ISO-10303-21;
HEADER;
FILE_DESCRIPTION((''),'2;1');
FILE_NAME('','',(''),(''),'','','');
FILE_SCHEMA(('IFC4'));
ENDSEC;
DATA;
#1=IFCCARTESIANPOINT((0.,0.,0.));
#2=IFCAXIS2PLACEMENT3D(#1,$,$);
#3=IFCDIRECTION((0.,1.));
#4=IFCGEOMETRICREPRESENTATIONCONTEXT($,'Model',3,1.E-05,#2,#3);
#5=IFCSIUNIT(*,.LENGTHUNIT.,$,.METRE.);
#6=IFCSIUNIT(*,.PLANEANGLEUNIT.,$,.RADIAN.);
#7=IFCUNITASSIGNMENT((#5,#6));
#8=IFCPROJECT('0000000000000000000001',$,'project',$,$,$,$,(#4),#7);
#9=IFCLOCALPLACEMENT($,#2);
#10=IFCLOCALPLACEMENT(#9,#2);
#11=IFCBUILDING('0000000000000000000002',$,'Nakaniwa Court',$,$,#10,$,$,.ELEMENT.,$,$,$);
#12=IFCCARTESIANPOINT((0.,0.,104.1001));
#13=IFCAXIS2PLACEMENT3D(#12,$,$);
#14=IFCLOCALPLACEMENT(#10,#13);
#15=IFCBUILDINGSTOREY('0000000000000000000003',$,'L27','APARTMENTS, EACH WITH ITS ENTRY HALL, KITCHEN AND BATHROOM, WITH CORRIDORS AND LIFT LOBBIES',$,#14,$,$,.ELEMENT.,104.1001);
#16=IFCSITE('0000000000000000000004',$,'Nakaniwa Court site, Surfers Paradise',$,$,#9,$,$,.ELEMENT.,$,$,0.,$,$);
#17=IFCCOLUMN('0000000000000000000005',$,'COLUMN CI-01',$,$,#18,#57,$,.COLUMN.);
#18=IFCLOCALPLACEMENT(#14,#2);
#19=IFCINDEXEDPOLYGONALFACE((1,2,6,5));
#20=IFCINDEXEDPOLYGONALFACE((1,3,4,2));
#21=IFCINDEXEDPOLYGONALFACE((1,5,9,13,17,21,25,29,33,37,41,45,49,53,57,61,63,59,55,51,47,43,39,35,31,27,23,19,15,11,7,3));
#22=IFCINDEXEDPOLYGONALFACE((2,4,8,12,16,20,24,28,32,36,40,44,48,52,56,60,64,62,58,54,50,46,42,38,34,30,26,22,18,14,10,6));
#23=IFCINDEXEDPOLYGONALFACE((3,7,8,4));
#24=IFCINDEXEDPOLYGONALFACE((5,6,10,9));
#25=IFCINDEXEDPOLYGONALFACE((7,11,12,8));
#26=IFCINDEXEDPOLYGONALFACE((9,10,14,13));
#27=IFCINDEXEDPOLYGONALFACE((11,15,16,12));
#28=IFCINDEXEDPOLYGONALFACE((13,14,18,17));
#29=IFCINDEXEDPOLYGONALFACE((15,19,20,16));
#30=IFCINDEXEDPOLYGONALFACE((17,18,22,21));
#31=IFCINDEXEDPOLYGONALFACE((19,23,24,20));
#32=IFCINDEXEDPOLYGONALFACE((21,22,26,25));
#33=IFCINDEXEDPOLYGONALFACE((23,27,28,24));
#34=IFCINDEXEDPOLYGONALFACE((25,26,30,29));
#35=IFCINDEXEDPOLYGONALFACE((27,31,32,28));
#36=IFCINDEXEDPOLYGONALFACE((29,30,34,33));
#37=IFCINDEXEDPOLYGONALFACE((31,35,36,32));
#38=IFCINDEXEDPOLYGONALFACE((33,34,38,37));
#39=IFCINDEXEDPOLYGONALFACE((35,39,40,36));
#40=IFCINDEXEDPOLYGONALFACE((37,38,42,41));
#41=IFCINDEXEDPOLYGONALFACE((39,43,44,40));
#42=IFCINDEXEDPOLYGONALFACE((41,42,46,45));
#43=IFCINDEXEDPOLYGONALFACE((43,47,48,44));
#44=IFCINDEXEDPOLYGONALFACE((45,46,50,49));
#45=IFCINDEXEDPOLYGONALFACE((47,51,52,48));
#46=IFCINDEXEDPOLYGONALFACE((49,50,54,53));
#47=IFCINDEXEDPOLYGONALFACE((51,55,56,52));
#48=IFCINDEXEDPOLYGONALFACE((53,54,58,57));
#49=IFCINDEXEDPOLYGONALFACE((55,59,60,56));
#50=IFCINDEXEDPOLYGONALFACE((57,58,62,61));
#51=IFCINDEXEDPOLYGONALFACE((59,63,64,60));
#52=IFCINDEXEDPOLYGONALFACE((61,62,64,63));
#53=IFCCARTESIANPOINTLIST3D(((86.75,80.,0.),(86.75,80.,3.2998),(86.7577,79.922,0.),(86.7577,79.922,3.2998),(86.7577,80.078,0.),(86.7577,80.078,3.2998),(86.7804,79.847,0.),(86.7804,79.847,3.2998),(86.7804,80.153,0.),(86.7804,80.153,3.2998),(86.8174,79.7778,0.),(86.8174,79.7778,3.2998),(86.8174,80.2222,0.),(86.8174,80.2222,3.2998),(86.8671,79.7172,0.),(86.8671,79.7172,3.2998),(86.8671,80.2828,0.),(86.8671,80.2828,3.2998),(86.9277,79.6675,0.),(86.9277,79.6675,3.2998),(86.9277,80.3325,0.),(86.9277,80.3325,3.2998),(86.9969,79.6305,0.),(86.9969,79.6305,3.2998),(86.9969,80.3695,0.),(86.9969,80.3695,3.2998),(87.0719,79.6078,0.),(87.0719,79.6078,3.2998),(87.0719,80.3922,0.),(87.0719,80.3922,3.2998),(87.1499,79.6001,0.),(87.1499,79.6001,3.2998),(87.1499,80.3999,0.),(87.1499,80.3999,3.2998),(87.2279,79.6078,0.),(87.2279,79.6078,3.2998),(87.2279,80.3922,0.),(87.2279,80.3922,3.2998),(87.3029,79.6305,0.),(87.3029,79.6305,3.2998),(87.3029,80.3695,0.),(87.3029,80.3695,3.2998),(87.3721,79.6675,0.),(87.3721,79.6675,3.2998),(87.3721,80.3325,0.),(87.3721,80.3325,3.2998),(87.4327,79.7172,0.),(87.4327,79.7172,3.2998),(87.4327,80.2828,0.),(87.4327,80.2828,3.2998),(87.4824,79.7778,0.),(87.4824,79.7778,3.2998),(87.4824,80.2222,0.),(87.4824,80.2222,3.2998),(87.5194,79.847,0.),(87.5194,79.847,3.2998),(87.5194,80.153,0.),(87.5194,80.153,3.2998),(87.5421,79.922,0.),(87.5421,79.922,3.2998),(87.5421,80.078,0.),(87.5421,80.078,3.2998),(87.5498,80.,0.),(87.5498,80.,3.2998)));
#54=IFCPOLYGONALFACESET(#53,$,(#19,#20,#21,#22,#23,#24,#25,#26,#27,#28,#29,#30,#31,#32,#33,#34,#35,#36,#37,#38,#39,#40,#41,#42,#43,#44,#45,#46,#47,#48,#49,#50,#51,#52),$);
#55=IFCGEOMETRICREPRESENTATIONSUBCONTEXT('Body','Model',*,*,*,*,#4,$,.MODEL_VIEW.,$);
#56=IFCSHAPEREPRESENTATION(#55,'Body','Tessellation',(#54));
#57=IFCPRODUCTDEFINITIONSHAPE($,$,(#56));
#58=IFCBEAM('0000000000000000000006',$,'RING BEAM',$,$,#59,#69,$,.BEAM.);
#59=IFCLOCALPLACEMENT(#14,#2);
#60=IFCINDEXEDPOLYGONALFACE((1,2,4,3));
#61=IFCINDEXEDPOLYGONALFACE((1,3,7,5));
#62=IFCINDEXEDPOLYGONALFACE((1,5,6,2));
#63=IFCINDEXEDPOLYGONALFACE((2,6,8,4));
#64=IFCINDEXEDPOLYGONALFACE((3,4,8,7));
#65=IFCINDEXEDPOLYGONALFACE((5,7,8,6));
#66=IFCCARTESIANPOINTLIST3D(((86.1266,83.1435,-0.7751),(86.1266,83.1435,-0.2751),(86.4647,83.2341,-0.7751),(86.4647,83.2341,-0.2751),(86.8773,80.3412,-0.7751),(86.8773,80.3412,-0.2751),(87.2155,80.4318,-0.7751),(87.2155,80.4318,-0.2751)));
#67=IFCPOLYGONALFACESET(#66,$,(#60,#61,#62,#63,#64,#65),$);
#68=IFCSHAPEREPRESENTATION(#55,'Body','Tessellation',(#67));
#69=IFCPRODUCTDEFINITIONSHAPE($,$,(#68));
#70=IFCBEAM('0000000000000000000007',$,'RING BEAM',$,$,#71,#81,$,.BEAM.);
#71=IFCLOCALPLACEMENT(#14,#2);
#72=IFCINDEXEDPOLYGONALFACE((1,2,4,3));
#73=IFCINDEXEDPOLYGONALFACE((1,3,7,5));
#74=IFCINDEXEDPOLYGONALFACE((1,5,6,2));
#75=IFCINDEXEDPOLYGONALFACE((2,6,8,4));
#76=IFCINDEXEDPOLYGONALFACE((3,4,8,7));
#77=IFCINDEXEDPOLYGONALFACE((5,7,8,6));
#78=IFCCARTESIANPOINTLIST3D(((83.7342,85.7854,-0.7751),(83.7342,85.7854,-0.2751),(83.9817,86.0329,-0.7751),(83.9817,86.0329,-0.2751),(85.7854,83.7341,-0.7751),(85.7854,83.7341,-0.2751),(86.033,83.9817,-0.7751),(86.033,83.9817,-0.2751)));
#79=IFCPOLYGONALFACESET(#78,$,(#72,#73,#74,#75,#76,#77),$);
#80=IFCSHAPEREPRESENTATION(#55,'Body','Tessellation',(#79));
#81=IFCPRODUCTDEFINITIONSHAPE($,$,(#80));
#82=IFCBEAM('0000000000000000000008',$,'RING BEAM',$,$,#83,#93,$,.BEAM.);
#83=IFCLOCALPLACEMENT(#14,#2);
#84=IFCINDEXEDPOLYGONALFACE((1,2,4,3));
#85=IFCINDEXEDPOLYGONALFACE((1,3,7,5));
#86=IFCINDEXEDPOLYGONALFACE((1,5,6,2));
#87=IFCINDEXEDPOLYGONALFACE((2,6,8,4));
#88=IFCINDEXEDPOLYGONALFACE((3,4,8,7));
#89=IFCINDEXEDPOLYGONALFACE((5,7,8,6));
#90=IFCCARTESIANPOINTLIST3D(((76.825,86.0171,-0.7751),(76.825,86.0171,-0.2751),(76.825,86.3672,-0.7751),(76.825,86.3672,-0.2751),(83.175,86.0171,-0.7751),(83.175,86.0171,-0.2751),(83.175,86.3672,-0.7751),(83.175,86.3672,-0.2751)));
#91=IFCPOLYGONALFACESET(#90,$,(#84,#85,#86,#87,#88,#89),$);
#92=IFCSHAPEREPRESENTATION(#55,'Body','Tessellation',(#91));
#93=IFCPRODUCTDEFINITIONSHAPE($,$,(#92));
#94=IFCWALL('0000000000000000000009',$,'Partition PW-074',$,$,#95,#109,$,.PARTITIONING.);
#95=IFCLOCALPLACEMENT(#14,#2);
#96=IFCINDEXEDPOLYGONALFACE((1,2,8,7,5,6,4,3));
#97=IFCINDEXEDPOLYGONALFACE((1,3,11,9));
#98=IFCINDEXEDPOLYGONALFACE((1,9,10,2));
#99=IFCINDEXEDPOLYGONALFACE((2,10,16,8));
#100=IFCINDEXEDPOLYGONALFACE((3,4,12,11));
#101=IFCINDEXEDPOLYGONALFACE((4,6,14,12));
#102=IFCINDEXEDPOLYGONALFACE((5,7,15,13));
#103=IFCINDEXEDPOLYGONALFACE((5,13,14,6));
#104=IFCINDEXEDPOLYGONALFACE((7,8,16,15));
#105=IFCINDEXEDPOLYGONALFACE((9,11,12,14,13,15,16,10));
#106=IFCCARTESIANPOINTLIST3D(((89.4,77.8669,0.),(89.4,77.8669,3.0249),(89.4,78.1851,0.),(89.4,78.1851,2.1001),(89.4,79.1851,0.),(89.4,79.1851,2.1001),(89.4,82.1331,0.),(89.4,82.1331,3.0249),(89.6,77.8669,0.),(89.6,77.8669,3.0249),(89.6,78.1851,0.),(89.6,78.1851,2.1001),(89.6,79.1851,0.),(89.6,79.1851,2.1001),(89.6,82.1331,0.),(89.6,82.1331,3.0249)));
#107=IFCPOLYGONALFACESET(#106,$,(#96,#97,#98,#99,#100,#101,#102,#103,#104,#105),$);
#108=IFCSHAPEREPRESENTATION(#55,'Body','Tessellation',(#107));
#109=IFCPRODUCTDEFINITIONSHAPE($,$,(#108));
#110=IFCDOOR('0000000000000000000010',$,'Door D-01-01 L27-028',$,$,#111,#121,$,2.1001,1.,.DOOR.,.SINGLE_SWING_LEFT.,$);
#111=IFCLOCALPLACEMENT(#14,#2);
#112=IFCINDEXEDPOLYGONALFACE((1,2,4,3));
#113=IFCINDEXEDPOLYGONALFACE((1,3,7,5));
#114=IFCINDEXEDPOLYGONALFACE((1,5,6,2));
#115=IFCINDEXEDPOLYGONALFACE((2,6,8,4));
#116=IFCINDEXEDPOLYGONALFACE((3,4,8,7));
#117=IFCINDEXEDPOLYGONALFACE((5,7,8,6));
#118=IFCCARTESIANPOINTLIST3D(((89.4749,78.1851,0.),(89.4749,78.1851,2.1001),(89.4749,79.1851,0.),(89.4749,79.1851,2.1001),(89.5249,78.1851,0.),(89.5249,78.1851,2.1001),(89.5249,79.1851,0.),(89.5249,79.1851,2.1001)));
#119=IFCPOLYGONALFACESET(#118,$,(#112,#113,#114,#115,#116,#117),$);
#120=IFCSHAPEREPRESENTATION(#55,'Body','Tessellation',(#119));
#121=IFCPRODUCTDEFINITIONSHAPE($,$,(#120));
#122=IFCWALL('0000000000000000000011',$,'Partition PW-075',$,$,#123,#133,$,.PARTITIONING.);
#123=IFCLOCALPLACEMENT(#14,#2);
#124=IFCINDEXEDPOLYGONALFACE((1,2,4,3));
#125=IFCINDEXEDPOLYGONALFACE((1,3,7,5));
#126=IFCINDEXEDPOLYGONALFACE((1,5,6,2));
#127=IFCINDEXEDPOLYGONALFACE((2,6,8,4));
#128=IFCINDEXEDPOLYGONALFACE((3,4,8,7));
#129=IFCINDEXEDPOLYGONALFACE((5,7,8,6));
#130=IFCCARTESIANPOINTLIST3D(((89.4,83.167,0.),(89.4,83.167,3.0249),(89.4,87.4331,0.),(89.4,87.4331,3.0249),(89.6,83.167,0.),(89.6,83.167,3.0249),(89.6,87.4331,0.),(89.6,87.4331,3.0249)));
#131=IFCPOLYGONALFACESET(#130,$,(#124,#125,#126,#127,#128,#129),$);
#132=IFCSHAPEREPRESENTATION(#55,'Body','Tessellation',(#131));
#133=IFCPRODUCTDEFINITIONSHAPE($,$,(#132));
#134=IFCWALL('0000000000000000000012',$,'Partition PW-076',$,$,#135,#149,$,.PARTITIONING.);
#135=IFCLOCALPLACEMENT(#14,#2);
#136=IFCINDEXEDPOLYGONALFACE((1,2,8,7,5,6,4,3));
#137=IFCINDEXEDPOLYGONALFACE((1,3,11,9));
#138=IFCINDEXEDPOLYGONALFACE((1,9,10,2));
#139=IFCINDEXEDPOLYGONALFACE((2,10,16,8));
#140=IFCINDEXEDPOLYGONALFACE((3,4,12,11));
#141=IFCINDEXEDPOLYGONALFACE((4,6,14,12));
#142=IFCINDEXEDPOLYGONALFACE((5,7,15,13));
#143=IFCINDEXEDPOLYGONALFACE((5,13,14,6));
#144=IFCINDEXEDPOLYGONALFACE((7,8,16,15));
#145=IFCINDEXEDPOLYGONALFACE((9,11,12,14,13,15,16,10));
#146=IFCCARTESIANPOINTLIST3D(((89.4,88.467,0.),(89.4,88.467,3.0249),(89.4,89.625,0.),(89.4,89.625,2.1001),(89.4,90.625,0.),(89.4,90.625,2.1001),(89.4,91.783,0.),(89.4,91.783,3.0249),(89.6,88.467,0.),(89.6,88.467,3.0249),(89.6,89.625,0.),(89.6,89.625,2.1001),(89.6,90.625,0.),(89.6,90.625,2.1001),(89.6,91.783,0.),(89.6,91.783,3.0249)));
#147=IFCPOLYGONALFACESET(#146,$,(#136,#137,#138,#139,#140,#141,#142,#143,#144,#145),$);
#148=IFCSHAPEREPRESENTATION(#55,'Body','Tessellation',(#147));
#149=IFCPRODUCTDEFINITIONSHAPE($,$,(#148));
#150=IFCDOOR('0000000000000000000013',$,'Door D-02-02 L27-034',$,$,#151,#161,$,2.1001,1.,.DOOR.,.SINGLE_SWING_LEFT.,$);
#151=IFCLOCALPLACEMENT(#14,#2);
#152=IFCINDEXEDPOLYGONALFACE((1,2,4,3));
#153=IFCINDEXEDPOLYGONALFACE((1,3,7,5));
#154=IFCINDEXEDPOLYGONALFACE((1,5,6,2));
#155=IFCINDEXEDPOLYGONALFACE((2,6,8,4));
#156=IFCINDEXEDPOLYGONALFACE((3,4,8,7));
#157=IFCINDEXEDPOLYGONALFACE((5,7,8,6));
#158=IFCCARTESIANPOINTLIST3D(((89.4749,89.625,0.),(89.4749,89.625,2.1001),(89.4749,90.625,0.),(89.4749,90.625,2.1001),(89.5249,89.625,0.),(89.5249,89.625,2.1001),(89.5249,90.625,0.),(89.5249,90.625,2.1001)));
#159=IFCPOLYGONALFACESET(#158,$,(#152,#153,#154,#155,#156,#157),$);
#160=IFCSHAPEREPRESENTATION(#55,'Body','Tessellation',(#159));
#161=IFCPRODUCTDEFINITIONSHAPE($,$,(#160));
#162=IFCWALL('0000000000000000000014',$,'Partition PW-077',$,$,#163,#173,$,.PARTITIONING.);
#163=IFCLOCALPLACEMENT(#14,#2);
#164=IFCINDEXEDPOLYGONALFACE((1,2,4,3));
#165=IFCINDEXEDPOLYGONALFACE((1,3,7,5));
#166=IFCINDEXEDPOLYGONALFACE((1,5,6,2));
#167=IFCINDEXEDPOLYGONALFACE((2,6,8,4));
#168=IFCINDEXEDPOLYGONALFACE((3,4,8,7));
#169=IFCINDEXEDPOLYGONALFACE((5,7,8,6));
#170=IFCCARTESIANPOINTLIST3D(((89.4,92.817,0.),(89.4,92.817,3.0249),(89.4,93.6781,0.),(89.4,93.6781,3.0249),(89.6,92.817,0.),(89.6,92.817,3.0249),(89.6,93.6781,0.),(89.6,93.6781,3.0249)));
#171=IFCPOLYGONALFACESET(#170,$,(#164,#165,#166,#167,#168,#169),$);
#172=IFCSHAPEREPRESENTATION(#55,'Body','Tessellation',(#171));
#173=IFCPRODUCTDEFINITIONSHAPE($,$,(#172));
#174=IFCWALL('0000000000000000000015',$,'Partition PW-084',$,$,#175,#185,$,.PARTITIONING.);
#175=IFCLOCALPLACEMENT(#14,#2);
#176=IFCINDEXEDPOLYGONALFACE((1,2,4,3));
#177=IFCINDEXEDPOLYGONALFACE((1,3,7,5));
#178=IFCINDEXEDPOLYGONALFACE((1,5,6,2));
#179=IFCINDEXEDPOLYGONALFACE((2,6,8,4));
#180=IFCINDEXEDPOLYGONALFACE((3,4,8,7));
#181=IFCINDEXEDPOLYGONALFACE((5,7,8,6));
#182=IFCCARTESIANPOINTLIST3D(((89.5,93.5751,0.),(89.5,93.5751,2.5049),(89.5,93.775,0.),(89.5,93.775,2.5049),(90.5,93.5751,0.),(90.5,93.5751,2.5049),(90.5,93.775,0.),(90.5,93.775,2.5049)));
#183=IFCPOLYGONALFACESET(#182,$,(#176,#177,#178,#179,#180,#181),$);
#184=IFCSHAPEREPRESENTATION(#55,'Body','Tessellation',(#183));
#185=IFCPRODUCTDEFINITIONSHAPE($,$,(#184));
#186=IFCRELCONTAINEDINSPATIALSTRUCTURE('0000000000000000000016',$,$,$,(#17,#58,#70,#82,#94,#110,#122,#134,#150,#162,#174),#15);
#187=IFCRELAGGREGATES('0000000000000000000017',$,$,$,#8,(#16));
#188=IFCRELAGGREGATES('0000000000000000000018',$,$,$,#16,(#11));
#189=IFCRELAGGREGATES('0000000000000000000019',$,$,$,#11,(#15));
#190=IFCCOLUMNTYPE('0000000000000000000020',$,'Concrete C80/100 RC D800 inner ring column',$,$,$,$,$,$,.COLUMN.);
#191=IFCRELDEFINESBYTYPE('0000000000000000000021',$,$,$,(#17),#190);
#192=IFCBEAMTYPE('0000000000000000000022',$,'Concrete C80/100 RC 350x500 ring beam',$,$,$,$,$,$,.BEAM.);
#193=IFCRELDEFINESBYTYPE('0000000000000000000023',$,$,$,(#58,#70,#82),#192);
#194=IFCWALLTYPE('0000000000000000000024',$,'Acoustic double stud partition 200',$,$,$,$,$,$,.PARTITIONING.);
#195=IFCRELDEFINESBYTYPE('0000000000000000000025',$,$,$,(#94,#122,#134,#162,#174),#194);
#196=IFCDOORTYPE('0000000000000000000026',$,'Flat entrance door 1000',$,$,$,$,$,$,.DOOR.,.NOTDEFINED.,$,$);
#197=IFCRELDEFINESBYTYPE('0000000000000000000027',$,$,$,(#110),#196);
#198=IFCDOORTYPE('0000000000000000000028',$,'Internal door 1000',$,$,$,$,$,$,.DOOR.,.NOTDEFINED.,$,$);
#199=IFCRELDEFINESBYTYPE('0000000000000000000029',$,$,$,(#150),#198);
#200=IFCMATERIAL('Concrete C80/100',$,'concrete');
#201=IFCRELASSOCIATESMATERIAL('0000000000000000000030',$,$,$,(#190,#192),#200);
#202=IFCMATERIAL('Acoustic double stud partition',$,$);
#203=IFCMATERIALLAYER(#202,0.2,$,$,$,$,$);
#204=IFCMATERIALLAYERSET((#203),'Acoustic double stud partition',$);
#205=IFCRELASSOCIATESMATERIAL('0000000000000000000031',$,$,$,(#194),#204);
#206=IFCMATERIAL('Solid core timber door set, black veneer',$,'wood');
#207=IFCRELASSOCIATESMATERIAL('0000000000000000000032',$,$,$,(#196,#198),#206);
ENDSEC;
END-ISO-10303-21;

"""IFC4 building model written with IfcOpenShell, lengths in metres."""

from ifc_helpers import new_model, si_unit, direction, frame, frame_2d, origin, origin_2d, place, context, subcontext, project, spatial, rectangle, circle, extrude, material, layer, layer_set, material_profile, profile_set, type_object, element, fill, save


model = new_model("IFC4")

# Units and contexts
model_context = context("Model", 3, precision=1e-05, world=origin(), true_north=direction((0.0, 1.0)))
body_context = subcontext(model_context, "Body", "Model", "MODEL_VIEW")
ifc_project = project(units=[si_unit("LENGTHUNIT", "METRE"), si_unit("PLANEANGLEUNIT", "RADIAN")], contexts=[model_context])

# Site, building, storey
site_placement = place(None, origin())
site = spatial("IfcSite", under=ifc_project, at=site_placement, Name="Nakaniwa Court site, Surfers Paradise", CompositionType="ELEMENT", RefElevation=0.0)
building_placement = place(site_placement, origin())
building = spatial("IfcBuilding", under=site, at=building_placement, Name="Nakaniwa Court", CompositionType="ELEMENT")
storey_placement = place(building_placement, frame((0.0, 0.0, 104.1001)))
storey = spatial("IfcBuildingStorey", under=building, at=storey_placement, Name="L27", Description="APARTMENTS, EACH WITH ITS ENTRY HALL, KITCHEN AND BATHROOM, WITH CORRIDORS AND LIFT LOBBIES", CompositionType="ELEMENT", Elevation=104.1001)

# Column
ifc_material_1 = material(Name="Concrete C80/100", Category="concrete")
ifc_material_profile_1 = material_profile(ifc_material_1, circle(Radius=0.3999, at=origin_2d()), Name="Concrete C80/100 RC D800 inner ring column")
ifc_profile_set_1 = profile_set([ifc_material_profile_1], Name="Concrete C80/100")
column_type = type_object("IfcColumnType", Name="Concrete C80/100 RC D800 inner ring column", PredefinedType="COLUMN", material=ifc_profile_set_1)
for number, where, z_axis, x_axis, name in (
    (1, (87.1499, 80.0, 0.0), (0.0, 0.0, 1.0), (0.0, 1.0, 0.0), "COLUMN CI-01"),
):
    element("IfcColumn", number, at=place(storey_placement, frame(where, z_axis=z_axis, x_axis=x_axis)), inside=storey, type_object=column_type, Name=name, PredefinedType="COLUMN", context=body_context, shape_type="SweptSolid", body=[
        extrude(circle(Radius=0.3999, at=origin_2d()), origin(), (0.0, 0.0, 1.0), 3.2998),
    ])

# Beams
ifc_material_profile_2 = material_profile(ifc_material_1, rectangle(XDim=0.3501, YDim=0.5, at=origin_2d()), Name="Concrete C80/100 RC 350x500 ring beam")
ifc_profile_set_2 = profile_set([ifc_material_profile_2], Name="Concrete C80/100")
beam_type = type_object("IfcBeamType", Name="Concrete C80/100 RC 350x500 ring beam", PredefinedType="BEAM", material=ifc_profile_set_2)
beam_1_placement = place(storey_placement, frame((87.0464, 80.3865, -0.5251), z_axis=(-0.258778, 0.965937, 0.0), x_axis=(-0.965937, -0.258778, 0.0)))
element("IfcBeam", 2, at=beam_1_placement, inside=storey, type_object=beam_type, Name="RING BEAM", PredefinedType="BEAM", context=body_context, shape_type="SweptSolid", body=[
    extrude(rectangle(XDim=0.3501, YDim=0.5, at=origin_2d()), origin(), (0.0, 0.0, 1.0), 2.9011),
])
beam_2_placement = place(storey_placement, frame((85.9092, 83.8579, -0.5251), z_axis=(-0.707107, 0.707107, 0.0), x_axis=(-0.707107, -0.707107, 0.0)))
element("IfcBeam", 3, at=beam_2_placement, inside=storey, type_object=beam_type, Name="RING BEAM", PredefinedType="BEAM", context=body_context, shape_type="SweptSolid", body=[
    extrude(rectangle(XDim=0.3501, YDim=0.5, at=origin_2d()), origin(), (0.0, 0.0, 1.0), 2.9009),
])
beam_3_placement = place(storey_placement, frame((83.175, 86.1921, -0.5251), z_axis=(-1.0, 0.0, 0.0), x_axis=(0.0, -1.0, 0.0)))
element("IfcBeam", 4, at=beam_3_placement, inside=storey, type_object=beam_type, Name="RING BEAM", PredefinedType="BEAM", context=body_context, shape_type="SweptSolid", body=[
    extrude(rectangle(XDim=0.3501, YDim=0.5, at=origin_2d()), origin(), (0.0, 0.0, 1.0), 6.3501),
])

# Wall, opening, door
ifc_material_2 = material(Name="Acoustic double stud partition")
ifc_layer_1 = layer(ifc_material_2, 0.2)
ifc_layer_set_1 = layer_set([ifc_layer_1], Name="Acoustic double stud partition")
wall_type_1 = type_object("IfcWallType", Name="Acoustic double stud partition 200", PredefinedType="PARTITIONING", material=ifc_layer_set_1)
wall_1_placement = place(storey_placement, frame((89.5, 82.1331, 0.0), z_axis=(0.0, 0.0, 1.0), x_axis=(0.0, -1.0, 0.0)))
wall_1 = element("IfcWall", 5, at=wall_1_placement, inside=storey, type_object=wall_type_1, Name="Partition PW-074", PredefinedType="PARTITIONING", context=body_context, shape_type="SweptSolid", body=[
    extrude(rectangle(XDim=4.2661, YDim=0.2, at=frame_2d((2.1331, 0.0))), origin(), (0.0, 0.0, 1.0), 3.0249),
])
opening_1_placement = place(wall_1_placement, frame((2.948, 0.0, 0.0)))
opening_1 = element("IfcOpeningElement", 6, at=opening_1_placement, cuts=wall_1, PredefinedType="OPENING", context=body_context, shape_type="SweptSolid", body=[
    extrude(rectangle(XDim=1.0, YDim=2.1001, at=frame_2d((0.5, 1.05))), frame((0.0, 0.1099, 0.0), z_axis=(0.0, -1.0, 0.0), x_axis=(1.0, 0.0, 0.0)), (0.0, 0.0, 1.0), 0.22),
])
ifc_material_3 = material(Name="Solid core timber door set, black veneer", Category="wood")
door_type_1 = type_object("IfcDoorType", Name="Flat entrance door 1000", OperationType="NOTDEFINED", PredefinedType="DOOR", material=ifc_material_3)
door_1_placement = place(opening_1_placement, origin())
door_1 = element("IfcDoor", 7, at=door_1_placement, inside=storey, type_object=door_type_1, Name="Door D-01-01 L27-028", OperationType="SINGLE_SWING_LEFT", OverallHeight=2.1001, OverallWidth=1.0, PredefinedType="DOOR", context=body_context, shape_type="SweptSolid", body=[
    extrude(rectangle(XDim=1.0, YDim=2.1001, at=frame_2d((0.5, 1.05))), frame((0.0, 0.0249, 0.0), z_axis=(0.0, -1.0, 0.0), x_axis=(1.0, 0.0, 0.0)), (0.0, 0.0, 1.0), 0.05),
])
fill(opening_1, door_1)

# Wall
wall_2_placement = place(storey_placement, frame((89.5, 83.167, 0.0), z_axis=(0.0, 0.0, 1.0), x_axis=(0.0, 1.0, 0.0)))
element("IfcWall", 8, at=wall_2_placement, inside=storey, type_object=wall_type_1, Name="Partition PW-075", PredefinedType="PARTITIONING", context=body_context, shape_type="SweptSolid", body=[
    extrude(rectangle(XDim=4.2661, YDim=0.2, at=frame_2d((2.1331, 0.0))), origin(), (0.0, 0.0, 1.0), 3.0249),
])

# Wall, opening, door
wall_3_placement = place(storey_placement, frame((89.5, 91.783, 0.0), z_axis=(0.0, 0.0, 1.0), x_axis=(0.0, -1.0, 0.0)))
wall_3 = element("IfcWall", 9, at=wall_3_placement, inside=storey, type_object=wall_type_1, Name="Partition PW-076", PredefinedType="PARTITIONING", context=body_context, shape_type="SweptSolid", body=[
    extrude(rectangle(XDim=3.3159, YDim=0.2, at=frame_2d((1.658, 0.0))), origin(), (0.0, 0.0, 1.0), 3.0249),
])
opening_2_placement = place(wall_3_placement, frame((1.158, 0.0, 0.0)))
opening_2 = element("IfcOpeningElement", 10, at=opening_2_placement, cuts=wall_3, PredefinedType="OPENING", context=body_context, shape_type="SweptSolid", body=[
    extrude(rectangle(XDim=1.0, YDim=2.1001, at=frame_2d((0.5, 1.05))), frame((0.0, 0.1099, 0.0), z_axis=(0.0, -1.0, 0.0), x_axis=(1.0, 0.0, 0.0)), (0.0, 0.0, 1.0), 0.22),
])
door_type_2 = type_object("IfcDoorType", Name="Internal door 1000", OperationType="NOTDEFINED", PredefinedType="DOOR", material=ifc_material_3)
door_2_placement = place(opening_2_placement, origin())
door_2 = element("IfcDoor", 11, at=door_2_placement, inside=storey, type_object=door_type_2, Name="Door D-02-02 L27-034", OperationType="SINGLE_SWING_LEFT", OverallHeight=2.1001, OverallWidth=1.0, PredefinedType="DOOR", context=body_context, shape_type="SweptSolid", body=[
    extrude(rectangle(XDim=1.0, YDim=2.1001, at=frame_2d((0.5, 1.05))), frame((0.0, 0.0249, 0.0), z_axis=(0.0, -1.0, 0.0), x_axis=(1.0, 0.0, 0.0)), (0.0, 0.0, 1.0), 0.05),
])
fill(opening_2, door_2)

# Walls
wall_4_placement = place(storey_placement, frame((89.5, 92.8169, 0.0), z_axis=(0.0, 0.0, 1.0), x_axis=(0.0, 1.0, 0.0)))
element("IfcWall", 12, at=wall_4_placement, inside=storey, type_object=wall_type_1, Name="Partition PW-077", PredefinedType="PARTITIONING", context=body_context, shape_type="SweptSolid", body=[
    extrude(rectangle(XDim=0.8611, YDim=0.2, at=frame_2d((0.4307, 0.0))), origin(), (0.0, 0.0, 1.0), 3.0249),
])
wall_5_placement = place(storey_placement, frame((89.5, 93.675, 0.0), z_axis=(0.0, 0.0, 1.0), x_axis=(1.0, 0.0, 0.0)))
element("IfcWall", 13, at=wall_5_placement, inside=storey, type_object=wall_type_1, Name="Partition PW-084", PredefinedType="PARTITIONING", context=body_context, shape_type="SweptSolid", body=[
    extrude(rectangle(XDim=1.0, YDim=0.2, at=frame_2d((0.5, 0.0))), origin(), (0.0, 0.0, 1.0), 2.5049),
])

save(model, "model.ifc")
